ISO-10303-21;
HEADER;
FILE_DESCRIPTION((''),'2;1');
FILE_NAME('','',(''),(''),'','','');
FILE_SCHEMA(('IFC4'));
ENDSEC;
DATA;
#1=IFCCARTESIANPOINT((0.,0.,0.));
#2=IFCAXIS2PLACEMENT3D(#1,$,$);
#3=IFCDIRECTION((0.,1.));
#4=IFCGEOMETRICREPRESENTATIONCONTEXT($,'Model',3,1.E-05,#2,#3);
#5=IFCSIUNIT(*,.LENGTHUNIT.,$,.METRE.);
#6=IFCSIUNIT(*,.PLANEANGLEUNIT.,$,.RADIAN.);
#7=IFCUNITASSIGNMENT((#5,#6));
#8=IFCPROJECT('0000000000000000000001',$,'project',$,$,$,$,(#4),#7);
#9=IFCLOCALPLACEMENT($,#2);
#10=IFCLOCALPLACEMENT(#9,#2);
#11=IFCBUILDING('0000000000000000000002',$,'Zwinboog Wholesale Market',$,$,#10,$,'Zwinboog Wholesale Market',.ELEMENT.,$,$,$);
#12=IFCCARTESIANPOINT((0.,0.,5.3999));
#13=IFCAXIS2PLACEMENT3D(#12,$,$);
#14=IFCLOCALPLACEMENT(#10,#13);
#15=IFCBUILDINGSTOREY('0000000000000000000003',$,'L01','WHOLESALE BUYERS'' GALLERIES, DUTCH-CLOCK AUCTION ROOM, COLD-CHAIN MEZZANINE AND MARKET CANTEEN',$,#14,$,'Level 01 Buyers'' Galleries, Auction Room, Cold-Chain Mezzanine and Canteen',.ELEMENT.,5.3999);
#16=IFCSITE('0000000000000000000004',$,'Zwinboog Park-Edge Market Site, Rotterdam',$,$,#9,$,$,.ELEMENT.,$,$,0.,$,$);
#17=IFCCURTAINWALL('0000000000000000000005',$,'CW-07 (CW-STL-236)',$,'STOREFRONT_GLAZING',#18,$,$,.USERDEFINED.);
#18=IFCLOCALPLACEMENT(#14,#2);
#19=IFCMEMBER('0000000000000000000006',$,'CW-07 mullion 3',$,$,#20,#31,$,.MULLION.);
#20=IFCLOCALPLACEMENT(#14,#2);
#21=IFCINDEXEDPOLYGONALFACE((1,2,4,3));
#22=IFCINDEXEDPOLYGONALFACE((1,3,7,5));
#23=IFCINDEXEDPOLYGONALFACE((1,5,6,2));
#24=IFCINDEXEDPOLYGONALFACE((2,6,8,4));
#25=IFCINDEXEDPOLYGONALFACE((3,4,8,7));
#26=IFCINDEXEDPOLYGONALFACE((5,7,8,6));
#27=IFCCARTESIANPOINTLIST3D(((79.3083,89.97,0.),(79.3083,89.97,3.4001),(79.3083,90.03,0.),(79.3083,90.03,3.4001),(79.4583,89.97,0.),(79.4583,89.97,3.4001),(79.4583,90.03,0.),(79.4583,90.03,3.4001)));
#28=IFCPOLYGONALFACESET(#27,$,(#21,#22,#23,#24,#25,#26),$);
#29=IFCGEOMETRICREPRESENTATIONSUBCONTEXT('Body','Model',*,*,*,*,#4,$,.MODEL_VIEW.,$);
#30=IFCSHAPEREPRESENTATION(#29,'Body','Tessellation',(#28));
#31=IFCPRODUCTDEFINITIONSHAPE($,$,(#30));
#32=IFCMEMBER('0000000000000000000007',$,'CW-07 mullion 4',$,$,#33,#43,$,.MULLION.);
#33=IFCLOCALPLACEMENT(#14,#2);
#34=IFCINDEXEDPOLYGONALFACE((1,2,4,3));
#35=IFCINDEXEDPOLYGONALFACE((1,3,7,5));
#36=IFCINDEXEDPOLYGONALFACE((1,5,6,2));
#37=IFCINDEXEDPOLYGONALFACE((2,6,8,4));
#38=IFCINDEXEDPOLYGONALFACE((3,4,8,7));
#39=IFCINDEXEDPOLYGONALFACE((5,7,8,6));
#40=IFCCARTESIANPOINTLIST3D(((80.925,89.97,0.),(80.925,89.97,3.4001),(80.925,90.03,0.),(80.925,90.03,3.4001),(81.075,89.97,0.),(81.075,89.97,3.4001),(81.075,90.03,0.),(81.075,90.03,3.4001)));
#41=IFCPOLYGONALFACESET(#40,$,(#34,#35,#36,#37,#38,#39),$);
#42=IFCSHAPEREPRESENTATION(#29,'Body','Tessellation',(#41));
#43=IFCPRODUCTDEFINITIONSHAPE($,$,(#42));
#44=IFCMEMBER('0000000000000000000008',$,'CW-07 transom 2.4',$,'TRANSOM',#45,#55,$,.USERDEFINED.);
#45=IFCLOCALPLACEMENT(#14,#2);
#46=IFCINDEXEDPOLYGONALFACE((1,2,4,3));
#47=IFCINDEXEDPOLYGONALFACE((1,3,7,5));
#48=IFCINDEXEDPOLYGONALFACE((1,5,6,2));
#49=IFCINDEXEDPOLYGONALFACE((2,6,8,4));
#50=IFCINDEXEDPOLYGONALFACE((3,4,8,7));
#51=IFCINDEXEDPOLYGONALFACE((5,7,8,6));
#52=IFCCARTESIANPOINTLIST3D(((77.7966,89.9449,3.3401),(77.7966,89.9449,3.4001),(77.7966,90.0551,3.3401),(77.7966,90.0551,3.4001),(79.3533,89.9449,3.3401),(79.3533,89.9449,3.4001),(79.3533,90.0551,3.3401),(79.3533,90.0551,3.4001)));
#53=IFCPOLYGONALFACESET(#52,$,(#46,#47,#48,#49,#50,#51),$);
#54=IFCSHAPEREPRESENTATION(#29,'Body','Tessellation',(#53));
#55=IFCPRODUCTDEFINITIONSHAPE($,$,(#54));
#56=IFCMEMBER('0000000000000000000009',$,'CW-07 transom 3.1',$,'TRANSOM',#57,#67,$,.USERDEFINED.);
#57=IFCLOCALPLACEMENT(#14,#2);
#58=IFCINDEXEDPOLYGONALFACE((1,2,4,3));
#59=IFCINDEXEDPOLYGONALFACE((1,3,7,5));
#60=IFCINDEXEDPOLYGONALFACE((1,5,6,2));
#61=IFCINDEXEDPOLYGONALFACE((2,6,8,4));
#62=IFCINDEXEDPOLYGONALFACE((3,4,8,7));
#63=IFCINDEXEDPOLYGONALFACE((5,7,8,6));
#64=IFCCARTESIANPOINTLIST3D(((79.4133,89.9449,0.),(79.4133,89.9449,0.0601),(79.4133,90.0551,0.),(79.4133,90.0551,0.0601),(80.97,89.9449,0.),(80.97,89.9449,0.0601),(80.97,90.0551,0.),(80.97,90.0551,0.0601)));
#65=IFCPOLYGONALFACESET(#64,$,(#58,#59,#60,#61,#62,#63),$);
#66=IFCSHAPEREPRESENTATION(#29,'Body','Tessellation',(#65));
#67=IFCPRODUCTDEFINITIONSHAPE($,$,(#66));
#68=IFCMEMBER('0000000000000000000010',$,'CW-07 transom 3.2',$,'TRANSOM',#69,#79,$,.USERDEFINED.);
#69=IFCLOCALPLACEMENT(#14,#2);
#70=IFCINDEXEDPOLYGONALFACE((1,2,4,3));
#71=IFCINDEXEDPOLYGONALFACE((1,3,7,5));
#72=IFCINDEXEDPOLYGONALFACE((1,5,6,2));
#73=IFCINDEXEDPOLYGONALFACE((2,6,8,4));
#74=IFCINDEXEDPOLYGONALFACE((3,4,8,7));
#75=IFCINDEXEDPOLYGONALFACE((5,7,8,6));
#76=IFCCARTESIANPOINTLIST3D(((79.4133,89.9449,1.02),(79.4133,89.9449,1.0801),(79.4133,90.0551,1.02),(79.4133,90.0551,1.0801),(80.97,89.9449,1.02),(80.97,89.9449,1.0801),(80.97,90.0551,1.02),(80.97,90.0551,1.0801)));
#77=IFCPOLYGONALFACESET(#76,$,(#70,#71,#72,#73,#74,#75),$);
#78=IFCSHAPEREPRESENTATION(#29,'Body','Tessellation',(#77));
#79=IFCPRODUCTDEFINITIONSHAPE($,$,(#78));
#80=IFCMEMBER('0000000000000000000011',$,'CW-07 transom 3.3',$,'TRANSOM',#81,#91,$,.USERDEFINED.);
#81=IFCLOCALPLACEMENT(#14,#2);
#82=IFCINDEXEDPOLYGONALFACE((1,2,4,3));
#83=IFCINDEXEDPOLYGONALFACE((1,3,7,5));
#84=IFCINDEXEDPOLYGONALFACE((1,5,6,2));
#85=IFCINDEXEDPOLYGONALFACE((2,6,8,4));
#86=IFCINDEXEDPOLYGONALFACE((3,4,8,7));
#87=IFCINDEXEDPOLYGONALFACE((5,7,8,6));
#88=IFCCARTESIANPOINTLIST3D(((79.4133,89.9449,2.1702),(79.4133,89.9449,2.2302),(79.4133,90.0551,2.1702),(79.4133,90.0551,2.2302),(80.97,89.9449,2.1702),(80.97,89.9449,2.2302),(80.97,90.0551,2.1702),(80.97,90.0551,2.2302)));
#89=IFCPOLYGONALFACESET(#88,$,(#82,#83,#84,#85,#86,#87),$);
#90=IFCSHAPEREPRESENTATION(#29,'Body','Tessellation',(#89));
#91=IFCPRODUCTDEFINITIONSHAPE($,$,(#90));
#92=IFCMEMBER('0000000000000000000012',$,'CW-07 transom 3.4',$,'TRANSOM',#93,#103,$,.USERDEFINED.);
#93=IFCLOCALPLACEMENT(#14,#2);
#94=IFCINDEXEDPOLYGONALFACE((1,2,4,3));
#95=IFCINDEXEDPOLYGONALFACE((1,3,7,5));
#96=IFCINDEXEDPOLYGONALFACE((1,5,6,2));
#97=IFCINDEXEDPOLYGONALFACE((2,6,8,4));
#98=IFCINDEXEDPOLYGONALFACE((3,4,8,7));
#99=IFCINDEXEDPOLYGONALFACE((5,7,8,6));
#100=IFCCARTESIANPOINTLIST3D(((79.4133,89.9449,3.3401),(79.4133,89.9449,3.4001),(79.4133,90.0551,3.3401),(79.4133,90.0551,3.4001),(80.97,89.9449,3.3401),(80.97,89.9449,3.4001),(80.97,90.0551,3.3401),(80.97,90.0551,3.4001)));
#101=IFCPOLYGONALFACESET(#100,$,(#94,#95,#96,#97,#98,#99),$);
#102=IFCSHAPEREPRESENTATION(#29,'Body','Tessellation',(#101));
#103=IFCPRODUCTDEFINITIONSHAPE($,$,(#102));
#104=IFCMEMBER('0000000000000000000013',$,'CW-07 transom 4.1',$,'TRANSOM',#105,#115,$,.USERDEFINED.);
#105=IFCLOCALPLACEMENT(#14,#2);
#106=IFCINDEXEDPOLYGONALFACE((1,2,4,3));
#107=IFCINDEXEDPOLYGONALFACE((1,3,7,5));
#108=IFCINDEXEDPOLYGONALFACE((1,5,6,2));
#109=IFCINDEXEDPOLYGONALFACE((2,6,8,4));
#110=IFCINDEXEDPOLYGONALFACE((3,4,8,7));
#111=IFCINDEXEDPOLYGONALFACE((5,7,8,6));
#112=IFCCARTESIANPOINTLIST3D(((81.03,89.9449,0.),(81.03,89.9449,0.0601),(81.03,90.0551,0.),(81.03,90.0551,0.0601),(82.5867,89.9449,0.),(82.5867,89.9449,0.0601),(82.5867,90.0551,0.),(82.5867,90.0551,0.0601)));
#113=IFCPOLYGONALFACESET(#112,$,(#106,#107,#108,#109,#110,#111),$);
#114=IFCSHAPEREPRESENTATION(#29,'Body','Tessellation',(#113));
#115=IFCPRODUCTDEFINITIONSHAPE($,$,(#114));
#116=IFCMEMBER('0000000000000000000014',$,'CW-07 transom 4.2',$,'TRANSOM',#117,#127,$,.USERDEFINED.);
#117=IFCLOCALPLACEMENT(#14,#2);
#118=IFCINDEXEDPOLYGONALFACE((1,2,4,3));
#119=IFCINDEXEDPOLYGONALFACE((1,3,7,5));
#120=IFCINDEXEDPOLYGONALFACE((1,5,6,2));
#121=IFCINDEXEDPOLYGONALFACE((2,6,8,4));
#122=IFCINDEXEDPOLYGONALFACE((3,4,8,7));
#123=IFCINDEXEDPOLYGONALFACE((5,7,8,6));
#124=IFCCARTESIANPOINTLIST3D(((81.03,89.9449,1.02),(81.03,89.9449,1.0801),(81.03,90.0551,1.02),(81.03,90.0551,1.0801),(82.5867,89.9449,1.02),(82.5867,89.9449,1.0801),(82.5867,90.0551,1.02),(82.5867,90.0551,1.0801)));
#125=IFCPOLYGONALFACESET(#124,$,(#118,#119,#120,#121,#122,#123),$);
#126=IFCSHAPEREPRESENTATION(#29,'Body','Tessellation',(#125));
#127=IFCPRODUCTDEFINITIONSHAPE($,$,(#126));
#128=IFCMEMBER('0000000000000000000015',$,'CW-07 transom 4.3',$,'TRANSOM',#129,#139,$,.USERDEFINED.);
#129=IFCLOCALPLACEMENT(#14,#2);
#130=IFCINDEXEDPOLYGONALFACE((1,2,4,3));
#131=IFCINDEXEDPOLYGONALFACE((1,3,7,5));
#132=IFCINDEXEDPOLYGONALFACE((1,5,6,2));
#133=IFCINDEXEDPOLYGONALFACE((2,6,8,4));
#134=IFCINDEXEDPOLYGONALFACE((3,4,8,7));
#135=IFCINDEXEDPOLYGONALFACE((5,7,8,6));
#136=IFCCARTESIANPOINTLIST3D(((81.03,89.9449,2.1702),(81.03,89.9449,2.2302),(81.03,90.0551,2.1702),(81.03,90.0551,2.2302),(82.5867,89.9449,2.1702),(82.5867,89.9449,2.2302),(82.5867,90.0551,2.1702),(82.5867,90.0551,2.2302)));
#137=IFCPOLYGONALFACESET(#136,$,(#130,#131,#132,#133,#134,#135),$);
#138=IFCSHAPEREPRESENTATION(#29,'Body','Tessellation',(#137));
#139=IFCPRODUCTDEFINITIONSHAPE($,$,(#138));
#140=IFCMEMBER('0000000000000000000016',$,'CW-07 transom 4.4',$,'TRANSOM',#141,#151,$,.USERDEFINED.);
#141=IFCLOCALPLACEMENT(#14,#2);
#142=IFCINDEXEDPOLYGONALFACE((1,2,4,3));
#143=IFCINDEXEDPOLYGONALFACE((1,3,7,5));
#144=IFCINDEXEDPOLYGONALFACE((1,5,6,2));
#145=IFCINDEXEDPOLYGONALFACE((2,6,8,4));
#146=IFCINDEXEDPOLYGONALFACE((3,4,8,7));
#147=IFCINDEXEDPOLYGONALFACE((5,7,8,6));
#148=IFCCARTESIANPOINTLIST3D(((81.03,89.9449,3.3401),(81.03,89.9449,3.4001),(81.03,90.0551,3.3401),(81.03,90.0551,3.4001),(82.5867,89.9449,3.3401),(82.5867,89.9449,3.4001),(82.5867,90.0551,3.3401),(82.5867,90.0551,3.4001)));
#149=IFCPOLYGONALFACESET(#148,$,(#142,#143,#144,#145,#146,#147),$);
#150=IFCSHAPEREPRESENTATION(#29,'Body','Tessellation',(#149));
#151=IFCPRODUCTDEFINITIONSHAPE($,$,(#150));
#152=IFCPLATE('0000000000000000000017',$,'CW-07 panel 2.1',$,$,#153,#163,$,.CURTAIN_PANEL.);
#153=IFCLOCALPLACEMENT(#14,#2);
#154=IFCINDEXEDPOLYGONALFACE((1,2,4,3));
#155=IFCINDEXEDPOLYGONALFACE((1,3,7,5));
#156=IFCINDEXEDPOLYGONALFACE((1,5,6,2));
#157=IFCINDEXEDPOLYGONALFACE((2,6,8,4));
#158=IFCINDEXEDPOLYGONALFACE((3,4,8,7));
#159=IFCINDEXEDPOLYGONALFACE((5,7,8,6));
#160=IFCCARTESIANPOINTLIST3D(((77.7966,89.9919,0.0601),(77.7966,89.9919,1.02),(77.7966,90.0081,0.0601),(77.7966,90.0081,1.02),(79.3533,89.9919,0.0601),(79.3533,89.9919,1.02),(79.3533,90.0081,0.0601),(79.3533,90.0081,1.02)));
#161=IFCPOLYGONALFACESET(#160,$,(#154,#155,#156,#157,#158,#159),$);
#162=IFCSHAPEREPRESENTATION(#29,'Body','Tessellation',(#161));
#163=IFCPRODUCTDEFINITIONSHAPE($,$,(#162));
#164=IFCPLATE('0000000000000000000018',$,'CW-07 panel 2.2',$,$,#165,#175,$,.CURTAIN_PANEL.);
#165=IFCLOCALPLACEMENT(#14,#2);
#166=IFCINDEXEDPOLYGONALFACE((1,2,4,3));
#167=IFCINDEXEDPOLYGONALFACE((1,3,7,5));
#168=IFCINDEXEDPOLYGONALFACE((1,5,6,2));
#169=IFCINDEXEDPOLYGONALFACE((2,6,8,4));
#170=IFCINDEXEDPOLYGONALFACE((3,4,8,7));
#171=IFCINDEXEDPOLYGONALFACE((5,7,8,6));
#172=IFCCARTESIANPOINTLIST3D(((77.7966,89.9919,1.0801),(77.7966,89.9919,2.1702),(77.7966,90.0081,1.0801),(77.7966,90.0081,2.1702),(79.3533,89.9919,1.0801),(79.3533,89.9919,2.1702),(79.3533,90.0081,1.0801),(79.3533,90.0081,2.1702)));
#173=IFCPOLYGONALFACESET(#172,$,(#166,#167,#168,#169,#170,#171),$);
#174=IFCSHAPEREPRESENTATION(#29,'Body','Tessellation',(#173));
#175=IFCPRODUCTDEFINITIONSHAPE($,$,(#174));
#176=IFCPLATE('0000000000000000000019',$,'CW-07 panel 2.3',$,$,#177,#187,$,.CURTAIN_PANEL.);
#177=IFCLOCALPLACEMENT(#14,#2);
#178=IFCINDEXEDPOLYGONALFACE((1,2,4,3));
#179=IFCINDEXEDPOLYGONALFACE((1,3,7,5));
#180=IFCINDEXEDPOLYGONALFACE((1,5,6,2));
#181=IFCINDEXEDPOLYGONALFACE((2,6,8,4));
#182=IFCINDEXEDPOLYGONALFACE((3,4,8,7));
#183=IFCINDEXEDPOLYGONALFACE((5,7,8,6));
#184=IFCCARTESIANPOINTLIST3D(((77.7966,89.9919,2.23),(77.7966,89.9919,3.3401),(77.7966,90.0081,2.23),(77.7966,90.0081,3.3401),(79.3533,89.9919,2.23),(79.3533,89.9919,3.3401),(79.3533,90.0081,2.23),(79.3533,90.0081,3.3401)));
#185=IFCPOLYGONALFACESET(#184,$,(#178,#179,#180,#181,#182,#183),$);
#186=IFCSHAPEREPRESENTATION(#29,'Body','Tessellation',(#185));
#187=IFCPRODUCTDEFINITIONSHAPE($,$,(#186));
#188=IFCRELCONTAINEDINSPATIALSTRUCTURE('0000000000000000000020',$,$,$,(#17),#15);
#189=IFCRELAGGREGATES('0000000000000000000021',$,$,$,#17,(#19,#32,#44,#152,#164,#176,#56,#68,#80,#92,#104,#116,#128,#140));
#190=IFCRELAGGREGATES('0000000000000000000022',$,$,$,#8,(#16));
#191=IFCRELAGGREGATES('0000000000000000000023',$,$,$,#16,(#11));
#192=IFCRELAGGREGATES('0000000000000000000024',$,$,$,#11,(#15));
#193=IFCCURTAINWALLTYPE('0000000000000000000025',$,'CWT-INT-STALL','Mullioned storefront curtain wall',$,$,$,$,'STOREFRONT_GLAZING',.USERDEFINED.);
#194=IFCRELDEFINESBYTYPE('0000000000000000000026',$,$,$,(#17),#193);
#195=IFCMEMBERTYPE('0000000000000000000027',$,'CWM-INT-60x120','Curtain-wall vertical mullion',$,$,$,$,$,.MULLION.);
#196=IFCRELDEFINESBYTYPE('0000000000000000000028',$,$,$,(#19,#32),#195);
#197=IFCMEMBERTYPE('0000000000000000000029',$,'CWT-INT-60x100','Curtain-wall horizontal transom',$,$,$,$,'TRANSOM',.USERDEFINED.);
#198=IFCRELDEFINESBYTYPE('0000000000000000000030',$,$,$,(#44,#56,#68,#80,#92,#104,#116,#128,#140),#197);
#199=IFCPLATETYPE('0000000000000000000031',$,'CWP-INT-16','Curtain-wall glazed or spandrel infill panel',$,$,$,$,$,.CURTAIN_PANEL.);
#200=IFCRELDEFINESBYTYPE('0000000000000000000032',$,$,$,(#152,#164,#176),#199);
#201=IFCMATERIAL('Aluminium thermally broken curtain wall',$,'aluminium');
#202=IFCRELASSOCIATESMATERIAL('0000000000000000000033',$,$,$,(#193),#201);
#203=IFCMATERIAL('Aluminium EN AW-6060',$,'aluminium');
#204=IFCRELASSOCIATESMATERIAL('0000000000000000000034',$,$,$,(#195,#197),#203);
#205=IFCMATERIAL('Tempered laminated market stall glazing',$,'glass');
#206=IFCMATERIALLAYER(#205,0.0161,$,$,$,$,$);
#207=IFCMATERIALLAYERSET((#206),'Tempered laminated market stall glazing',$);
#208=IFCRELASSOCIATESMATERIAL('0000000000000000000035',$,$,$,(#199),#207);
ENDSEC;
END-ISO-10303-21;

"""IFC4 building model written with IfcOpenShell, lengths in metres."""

from ifc_helpers import new_model, si_unit, direction, frame, origin, origin_2d, place, context, subcontext, project, spatial, rectangle, extrude, material, layer, layer_set, material_profile, profile_set, type_object, element, aggregate, save


model = new_model("IFC4")

# Units and contexts
model_context = context("Model", 3, precision=1e-05, world=origin(), true_north=direction((0.0, 1.0)))
body_context = subcontext(model_context, "Body", "Model", "MODEL_VIEW")
ifc_project = project(units=[si_unit("LENGTHUNIT", "METRE"), si_unit("PLANEANGLEUNIT", "RADIAN")], contexts=[model_context])

# Site, building, storey
site_placement = place(None, origin())
site = spatial("IfcSite", under=ifc_project, at=site_placement, Name="Zwinboog Park-Edge Market Site, Rotterdam", CompositionType="ELEMENT", RefElevation=0.0)
building_placement = place(site_placement, origin())
building = spatial("IfcBuilding", under=site, at=building_placement, Name="Zwinboog Wholesale Market", LongName="Zwinboog Wholesale Market", CompositionType="ELEMENT")
storey_placement = place(building_placement, frame((0.0, 0.0, 5.3999)))
storey = spatial("IfcBuildingStorey", under=building, at=storey_placement, Name="L01", Description="WHOLESALE BUYERS' GALLERIES, DUTCH-CLOCK AUCTION ROOM, COLD-CHAIN MEZZANINE AND MARKET CANTEEN", LongName="Level 01 Buyers' Galleries, Auction Room, Cold-Chain Mezzanine and Canteen", CompositionType="ELEMENT", Elevation=5.3999)

# Curtain wall, members, plates
ifc_material_1 = material(Name="Aluminium thermally broken curtain wall", Category="aluminium")
curtain_wall_type = type_object("IfcCurtainWallType", Name="CWT-INT-STALL", Description="Mullioned storefront curtain wall", ElementType="STOREFRONT_GLAZING", PredefinedType="USERDEFINED", material=ifc_material_1)
curtain_wall_placement = place(storey_placement, origin())
curtain_wall = element("IfcCurtainWall", 1, at=curtain_wall_placement, inside=storey, type_object=curtain_wall_type, Name="CW-07 (CW-STL-236)", ObjectType="STOREFRONT_GLAZING", PredefinedType="USERDEFINED")
ifc_material_2 = material(Name="Aluminium EN AW-6060", Category="aluminium")
ifc_material_profile_1 = material_profile(ifc_material_2, rectangle(XDim=0.0601, YDim=0.1499, at=origin_2d()), Name="AL 60x150")
ifc_profile_set_1 = profile_set([ifc_material_profile_1], Name="Aluminium EN AW-6060")
member_type_1 = type_object("IfcMemberType", Name="CWM-INT-60x120", Description="Curtain-wall vertical mullion", PredefinedType="MULLION", material=ifc_profile_set_1)
member_1_placement = place(storey_placement, frame((79.3833, 90.0, 0.0), z_axis=(0.0, 0.0, 1.0), x_axis=(0.0, 1.0, 0.0)))
member_1 = element("IfcMember", 2, at=member_1_placement, type_object=member_type_1, Name="CW-07 mullion 3", PredefinedType="MULLION", context=body_context, shape_type="SweptSolid", body=[
    extrude(rectangle(XDim=0.0601, YDim=0.1499, at=origin_2d()), origin(), (0.0, 0.0, 1.0), 3.4001),
])
member_2_placement = place(storey_placement, frame((81.0, 90.0, 0.0), z_axis=(0.0, 0.0, 1.0), x_axis=(0.0, 1.0, 0.0)))
member_2 = element("IfcMember", 3, at=member_2_placement, type_object=member_type_1, Name="CW-07 mullion 4", PredefinedType="MULLION", context=body_context, shape_type="SweptSolid", body=[
    extrude(rectangle(XDim=0.0601, YDim=0.1499, at=origin_2d()), origin(), (0.0, 0.0, 1.0), 3.4001),
])
ifc_material_profile_2 = material_profile(ifc_material_2, rectangle(XDim=0.1101, YDim=0.0601, at=origin_2d()), Name="AL 60x110")
ifc_profile_set_2 = profile_set([ifc_material_profile_2], Name="Aluminium EN AW-6060")
member_type_2 = type_object("IfcMemberType", Name="CWT-INT-60x100", Description="Curtain-wall horizontal transom", ElementType="TRANSOM", PredefinedType="USERDEFINED", material=ifc_profile_set_2)
member_3_placement = place(storey_placement, frame((77.7966, 90.0, 3.3701), z_axis=(1.0, 0.0, 0.0), x_axis=(0.0, 1.0, 0.0)))
member_3 = element("IfcMember", 4, at=member_3_placement, type_object=member_type_2, Name="CW-07 transom 2.4", ObjectType="TRANSOM", PredefinedType="USERDEFINED", context=body_context, shape_type="SweptSolid", body=[
    extrude(rectangle(XDim=0.1101, YDim=0.0601, at=origin_2d()), origin(), (0.0, 0.0, 1.0), 1.5566),
])
member_4_placement = place(storey_placement, frame((79.4133, 90.0, 0.03), z_axis=(1.0, 0.0, 0.0), x_axis=(0.0, 1.0, 0.0)))
member_4 = element("IfcMember", 5, at=member_4_placement, type_object=member_type_2, Name="CW-07 transom 3.1", ObjectType="TRANSOM", PredefinedType="USERDEFINED", context=body_context, shape_type="SweptSolid", body=[
    extrude(rectangle(XDim=0.1101, YDim=0.0601, at=origin_2d()), origin(), (0.0, 0.0, 1.0), 1.5566),
])
member_5_placement = place(storey_placement, frame((79.4133, 90.0, 1.05), z_axis=(1.0, 0.0, 0.0), x_axis=(0.0, 1.0, 0.0)))
member_5 = element("IfcMember", 6, at=member_5_placement, type_object=member_type_2, Name="CW-07 transom 3.2", ObjectType="TRANSOM", PredefinedType="USERDEFINED", context=body_context, shape_type="SweptSolid", body=[
    extrude(rectangle(XDim=0.1101, YDim=0.0601, at=origin_2d()), origin(), (0.0, 0.0, 1.0), 1.5566),
])
member_6_placement = place(storey_placement, frame((79.4133, 90.0, 2.2002), z_axis=(1.0, 0.0, 0.0), x_axis=(0.0, 1.0, 0.0)))
member_6 = element("IfcMember", 7, at=member_6_placement, type_object=member_type_2, Name="CW-07 transom 3.3", ObjectType="TRANSOM", PredefinedType="USERDEFINED", context=body_context, shape_type="SweptSolid", body=[
    extrude(rectangle(XDim=0.1101, YDim=0.0601, at=origin_2d()), origin(), (0.0, 0.0, 1.0), 1.5566),
])
member_7_placement = place(storey_placement, frame((79.4133, 90.0, 3.3701), z_axis=(1.0, 0.0, 0.0), x_axis=(0.0, 1.0, 0.0)))
member_7 = element("IfcMember", 8, at=member_7_placement, type_object=member_type_2, Name="CW-07 transom 3.4", ObjectType="TRANSOM", PredefinedType="USERDEFINED", context=body_context, shape_type="SweptSolid", body=[
    extrude(rectangle(XDim=0.1101, YDim=0.0601, at=origin_2d()), origin(), (0.0, 0.0, 1.0), 1.5566),
])
member_8_placement = place(storey_placement, frame((81.03, 90.0, 0.03), z_axis=(1.0, 0.0, 0.0), x_axis=(0.0, 1.0, 0.0)))
member_8 = element("IfcMember", 9, at=member_8_placement, type_object=member_type_2, Name="CW-07 transom 4.1", ObjectType="TRANSOM", PredefinedType="USERDEFINED", context=body_context, shape_type="SweptSolid", body=[
    extrude(rectangle(XDim=0.1101, YDim=0.0601, at=origin_2d()), origin(), (0.0, 0.0, 1.0), 1.5566),
])
member_9_placement = place(storey_placement, frame((81.03, 90.0, 1.05), z_axis=(1.0, 0.0, 0.0), x_axis=(0.0, 1.0, 0.0)))
member_9 = element("IfcMember", 10, at=member_9_placement, type_object=member_type_2, Name="CW-07 transom 4.2", ObjectType="TRANSOM", PredefinedType="USERDEFINED", context=body_context, shape_type="SweptSolid", body=[
    extrude(rectangle(XDim=0.1101, YDim=0.0601, at=origin_2d()), origin(), (0.0, 0.0, 1.0), 1.5566),
])
member_10_placement = place(storey_placement, frame((81.03, 90.0, 2.2002), z_axis=(1.0, 0.0, 0.0), x_axis=(0.0, 1.0, 0.0)))
member_10 = element("IfcMember", 11, at=member_10_placement, type_object=member_type_2, Name="CW-07 transom 4.3", ObjectType="TRANSOM", PredefinedType="USERDEFINED", context=body_context, shape_type="SweptSolid", body=[
    extrude(rectangle(XDim=0.1101, YDim=0.0601, at=origin_2d()), origin(), (0.0, 0.0, 1.0), 1.5566),
])
member_11_placement = place(storey_placement, frame((81.03, 90.0, 3.3701), z_axis=(1.0, 0.0, 0.0), x_axis=(0.0, 1.0, 0.0)))
member_11 = element("IfcMember", 12, at=member_11_placement, type_object=member_type_2, Name="CW-07 transom 4.4", ObjectType="TRANSOM", PredefinedType="USERDEFINED", context=body_context, shape_type="SweptSolid", body=[
    extrude(rectangle(XDim=0.1101, YDim=0.0601, at=origin_2d()), origin(), (0.0, 0.0, 1.0), 1.5566),
])
ifc_material_3 = material(Name="Tempered laminated market stall glazing", Category="glass")
ifc_layer = layer(ifc_material_3, 0.0161)
ifc_layer_set = layer_set([ifc_layer], Name="Tempered laminated market stall glazing")
plate_type = type_object("IfcPlateType", Name="CWP-INT-16", Description="Curtain-wall glazed or spandrel infill panel", PredefinedType="CURTAIN_PANEL", material=ifc_layer_set)
plate_1_placement = place(storey_placement, frame((78.575, 90.0, 0.0601), z_axis=(0.0, 0.0, 1.0), x_axis=(1.0, 0.0, 0.0)))
plate_1 = element("IfcPlate", 13, at=plate_1_placement, type_object=plate_type, Name="CW-07 panel 2.1", PredefinedType="CURTAIN_PANEL", context=body_context, shape_type="SweptSolid", body=[
    extrude(rectangle(XDim=1.5566, YDim=0.0161, at=origin_2d()), origin(), (0.0, 0.0, 1.0), 0.96),
])
plate_2_placement = place(storey_placement, frame((78.575, 90.0, 1.0801), z_axis=(0.0, 0.0, 1.0), x_axis=(1.0, 0.0, 0.0)))
plate_2 = element("IfcPlate", 14, at=plate_2_placement, type_object=plate_type, Name="CW-07 panel 2.2", PredefinedType="CURTAIN_PANEL", context=body_context, shape_type="SweptSolid", body=[
    extrude(rectangle(XDim=1.5566, YDim=0.0161, at=origin_2d()), origin(), (0.0, 0.0, 1.0), 1.0901),
])
plate_3_placement = place(storey_placement, frame((78.575, 90.0, 2.23), z_axis=(0.0, 0.0, 1.0), x_axis=(1.0, 0.0, 0.0)))
plate_3 = element("IfcPlate", 15, at=plate_3_placement, type_object=plate_type, Name="CW-07 panel 2.3", PredefinedType="CURTAIN_PANEL", context=body_context, shape_type="SweptSolid", body=[
    extrude(rectangle(XDim=1.5566, YDim=0.0161, at=origin_2d()), origin(), (0.0, 0.0, 1.0), 1.1101),
])
aggregate(curtain_wall, [member_1, member_2, member_3, plate_1, plate_2, plate_3, member_4, member_5, member_6, member_7, member_8, member_9, member_10, member_11])

save(model, "model.ifc")
